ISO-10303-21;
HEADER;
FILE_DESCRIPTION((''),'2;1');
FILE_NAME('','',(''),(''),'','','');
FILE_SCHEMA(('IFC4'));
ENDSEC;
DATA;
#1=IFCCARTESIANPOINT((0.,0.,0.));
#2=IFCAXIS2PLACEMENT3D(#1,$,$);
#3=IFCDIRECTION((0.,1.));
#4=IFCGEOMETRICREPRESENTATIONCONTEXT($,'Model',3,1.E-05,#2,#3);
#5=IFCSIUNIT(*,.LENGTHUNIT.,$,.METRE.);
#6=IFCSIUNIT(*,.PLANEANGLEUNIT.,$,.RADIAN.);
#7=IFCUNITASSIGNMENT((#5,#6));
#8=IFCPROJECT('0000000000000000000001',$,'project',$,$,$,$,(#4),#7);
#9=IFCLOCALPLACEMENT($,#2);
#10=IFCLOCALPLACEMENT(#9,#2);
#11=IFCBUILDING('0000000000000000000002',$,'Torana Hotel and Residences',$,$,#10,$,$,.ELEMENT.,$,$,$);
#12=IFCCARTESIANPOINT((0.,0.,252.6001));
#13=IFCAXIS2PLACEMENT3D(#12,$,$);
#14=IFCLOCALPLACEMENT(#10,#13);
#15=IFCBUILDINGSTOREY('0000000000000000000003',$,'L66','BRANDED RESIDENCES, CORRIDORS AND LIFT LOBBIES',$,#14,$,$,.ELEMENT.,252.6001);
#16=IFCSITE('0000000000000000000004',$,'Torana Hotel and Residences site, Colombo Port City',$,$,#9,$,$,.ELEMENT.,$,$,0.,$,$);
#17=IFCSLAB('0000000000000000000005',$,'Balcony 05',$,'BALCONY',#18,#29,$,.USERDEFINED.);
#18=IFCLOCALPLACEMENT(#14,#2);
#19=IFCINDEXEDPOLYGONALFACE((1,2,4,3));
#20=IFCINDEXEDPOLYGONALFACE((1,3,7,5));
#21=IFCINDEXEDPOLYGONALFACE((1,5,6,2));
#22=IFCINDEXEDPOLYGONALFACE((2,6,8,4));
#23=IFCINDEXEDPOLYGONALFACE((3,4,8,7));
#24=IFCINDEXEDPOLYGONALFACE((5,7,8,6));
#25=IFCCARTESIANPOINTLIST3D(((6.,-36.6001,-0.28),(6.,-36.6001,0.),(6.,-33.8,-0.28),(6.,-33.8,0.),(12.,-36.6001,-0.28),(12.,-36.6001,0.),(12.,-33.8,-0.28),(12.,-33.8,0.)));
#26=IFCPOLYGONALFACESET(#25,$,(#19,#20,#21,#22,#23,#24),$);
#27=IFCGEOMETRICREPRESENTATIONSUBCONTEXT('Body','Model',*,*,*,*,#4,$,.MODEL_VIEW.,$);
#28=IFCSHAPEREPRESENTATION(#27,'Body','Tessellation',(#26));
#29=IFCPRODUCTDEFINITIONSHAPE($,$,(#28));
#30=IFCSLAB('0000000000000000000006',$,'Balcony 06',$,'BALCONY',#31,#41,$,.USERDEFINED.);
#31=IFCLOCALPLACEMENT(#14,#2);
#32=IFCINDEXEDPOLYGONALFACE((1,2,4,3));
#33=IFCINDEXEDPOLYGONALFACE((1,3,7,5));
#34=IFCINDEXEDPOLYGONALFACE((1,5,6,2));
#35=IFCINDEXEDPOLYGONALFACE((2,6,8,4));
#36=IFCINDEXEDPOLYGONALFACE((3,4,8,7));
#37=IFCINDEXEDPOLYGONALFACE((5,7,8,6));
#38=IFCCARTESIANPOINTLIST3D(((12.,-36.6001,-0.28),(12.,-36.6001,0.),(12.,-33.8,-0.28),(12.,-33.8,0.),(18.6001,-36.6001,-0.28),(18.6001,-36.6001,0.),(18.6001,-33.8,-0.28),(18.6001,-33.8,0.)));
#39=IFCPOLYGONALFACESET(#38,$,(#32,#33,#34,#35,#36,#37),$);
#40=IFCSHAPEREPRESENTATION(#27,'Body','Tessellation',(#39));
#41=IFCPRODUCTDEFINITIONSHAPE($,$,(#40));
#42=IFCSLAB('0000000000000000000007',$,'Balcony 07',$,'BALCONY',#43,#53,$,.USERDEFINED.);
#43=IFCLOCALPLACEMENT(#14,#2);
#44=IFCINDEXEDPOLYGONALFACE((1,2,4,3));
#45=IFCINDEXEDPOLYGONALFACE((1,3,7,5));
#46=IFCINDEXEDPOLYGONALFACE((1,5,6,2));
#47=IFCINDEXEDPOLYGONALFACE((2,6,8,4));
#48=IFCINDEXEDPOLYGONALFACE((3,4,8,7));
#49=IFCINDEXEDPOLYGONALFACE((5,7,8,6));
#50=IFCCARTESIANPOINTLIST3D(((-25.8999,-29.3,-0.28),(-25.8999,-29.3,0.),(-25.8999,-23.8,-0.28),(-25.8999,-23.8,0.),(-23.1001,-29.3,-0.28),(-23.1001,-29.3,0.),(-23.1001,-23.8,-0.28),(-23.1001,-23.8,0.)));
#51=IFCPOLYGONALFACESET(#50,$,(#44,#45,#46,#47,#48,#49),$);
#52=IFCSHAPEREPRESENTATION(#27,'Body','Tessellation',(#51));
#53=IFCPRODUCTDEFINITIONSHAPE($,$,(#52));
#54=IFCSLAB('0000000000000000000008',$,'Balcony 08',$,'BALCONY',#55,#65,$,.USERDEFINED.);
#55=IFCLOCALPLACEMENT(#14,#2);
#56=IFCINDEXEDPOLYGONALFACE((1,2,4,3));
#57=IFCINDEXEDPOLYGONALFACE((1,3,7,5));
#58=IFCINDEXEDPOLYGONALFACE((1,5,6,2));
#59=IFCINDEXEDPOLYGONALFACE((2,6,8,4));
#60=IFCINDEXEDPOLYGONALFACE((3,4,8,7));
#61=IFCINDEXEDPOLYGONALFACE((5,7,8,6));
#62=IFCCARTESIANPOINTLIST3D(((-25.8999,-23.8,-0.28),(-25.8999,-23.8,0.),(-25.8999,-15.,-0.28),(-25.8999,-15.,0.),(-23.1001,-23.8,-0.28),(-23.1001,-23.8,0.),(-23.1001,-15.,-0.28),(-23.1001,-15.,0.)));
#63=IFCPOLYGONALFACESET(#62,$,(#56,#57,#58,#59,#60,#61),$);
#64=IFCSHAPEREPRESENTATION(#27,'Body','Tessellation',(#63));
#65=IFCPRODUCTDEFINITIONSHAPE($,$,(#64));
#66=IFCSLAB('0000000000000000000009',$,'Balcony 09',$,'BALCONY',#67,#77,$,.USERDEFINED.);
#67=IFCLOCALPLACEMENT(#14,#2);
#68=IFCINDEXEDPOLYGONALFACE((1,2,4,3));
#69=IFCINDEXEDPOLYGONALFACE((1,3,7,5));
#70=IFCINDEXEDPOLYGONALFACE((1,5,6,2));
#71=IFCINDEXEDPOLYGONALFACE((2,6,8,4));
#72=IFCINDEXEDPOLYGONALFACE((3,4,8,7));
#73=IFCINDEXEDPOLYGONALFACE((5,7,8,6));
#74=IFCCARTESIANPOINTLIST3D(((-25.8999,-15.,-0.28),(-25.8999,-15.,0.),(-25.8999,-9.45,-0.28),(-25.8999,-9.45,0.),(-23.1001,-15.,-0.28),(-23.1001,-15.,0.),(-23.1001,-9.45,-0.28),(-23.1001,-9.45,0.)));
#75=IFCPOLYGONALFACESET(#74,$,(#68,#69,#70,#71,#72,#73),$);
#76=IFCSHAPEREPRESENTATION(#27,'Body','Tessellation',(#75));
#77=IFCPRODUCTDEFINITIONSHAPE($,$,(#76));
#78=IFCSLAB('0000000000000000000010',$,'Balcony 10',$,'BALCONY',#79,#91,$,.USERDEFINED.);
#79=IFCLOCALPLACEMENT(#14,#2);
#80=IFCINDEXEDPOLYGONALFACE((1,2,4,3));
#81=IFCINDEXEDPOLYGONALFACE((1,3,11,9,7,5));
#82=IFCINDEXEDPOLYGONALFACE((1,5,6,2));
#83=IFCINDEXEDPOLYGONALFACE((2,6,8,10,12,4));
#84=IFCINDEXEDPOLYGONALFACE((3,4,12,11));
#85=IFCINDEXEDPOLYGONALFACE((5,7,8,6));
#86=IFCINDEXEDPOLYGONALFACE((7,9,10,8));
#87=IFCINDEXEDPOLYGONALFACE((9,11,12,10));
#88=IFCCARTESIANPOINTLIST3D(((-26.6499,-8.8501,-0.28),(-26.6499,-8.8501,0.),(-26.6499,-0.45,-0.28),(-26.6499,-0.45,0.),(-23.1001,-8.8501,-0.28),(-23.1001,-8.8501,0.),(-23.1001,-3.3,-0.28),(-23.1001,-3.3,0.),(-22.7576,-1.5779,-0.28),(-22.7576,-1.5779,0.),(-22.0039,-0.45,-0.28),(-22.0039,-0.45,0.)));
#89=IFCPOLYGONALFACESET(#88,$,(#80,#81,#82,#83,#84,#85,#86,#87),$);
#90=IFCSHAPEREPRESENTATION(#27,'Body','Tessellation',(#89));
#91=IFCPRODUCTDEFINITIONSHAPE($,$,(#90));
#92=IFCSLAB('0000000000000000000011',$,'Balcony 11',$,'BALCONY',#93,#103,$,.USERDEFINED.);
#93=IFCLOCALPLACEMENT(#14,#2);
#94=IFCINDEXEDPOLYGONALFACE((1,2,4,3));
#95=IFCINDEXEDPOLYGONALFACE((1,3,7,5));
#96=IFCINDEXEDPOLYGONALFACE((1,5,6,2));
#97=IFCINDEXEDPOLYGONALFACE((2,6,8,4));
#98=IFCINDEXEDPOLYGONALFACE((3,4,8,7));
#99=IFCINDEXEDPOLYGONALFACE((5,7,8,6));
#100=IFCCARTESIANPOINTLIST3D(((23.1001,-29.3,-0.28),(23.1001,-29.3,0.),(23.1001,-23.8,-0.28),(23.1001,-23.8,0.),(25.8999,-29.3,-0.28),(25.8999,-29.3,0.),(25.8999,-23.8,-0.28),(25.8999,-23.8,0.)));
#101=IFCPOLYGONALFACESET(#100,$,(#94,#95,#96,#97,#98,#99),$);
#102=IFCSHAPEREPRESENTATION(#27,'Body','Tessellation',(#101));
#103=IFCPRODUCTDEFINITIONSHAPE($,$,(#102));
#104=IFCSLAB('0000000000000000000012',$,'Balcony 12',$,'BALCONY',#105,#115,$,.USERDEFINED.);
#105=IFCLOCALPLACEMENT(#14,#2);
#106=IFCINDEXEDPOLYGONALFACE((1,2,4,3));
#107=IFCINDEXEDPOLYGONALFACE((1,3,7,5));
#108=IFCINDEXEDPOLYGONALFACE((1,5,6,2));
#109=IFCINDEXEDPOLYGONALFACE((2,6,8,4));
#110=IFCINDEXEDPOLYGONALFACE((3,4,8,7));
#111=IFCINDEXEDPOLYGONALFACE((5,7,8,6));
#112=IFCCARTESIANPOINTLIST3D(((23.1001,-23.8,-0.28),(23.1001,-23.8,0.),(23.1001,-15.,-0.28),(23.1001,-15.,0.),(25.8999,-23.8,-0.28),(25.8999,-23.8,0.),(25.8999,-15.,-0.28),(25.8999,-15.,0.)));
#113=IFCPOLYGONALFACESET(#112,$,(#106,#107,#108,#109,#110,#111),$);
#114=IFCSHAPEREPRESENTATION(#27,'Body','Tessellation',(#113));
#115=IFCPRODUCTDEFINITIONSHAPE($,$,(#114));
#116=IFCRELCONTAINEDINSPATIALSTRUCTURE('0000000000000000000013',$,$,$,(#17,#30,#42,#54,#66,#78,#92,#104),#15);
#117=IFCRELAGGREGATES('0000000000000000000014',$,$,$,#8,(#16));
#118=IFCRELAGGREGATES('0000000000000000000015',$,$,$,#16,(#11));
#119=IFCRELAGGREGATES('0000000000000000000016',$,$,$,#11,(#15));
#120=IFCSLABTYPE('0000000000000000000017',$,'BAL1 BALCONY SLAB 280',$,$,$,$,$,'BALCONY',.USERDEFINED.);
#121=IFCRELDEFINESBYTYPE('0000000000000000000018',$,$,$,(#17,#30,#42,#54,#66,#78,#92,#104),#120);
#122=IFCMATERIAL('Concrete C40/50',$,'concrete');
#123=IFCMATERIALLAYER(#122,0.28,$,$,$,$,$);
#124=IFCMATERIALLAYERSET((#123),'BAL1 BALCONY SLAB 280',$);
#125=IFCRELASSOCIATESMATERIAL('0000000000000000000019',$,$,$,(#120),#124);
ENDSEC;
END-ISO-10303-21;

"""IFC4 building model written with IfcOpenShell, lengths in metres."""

from ifc_helpers import new_model, si_unit, direction, frame, origin, place, context, subcontext, project, spatial, polyline, outline, extrude, material, layer, layer_set, type_object, element, save


model = new_model("IFC4")

# Units and contexts
model_context = context("Model", 3, precision=1e-05, world=origin(), true_north=direction((0.0, 1.0)))
body_context = subcontext(model_context, "Body", "Model", "MODEL_VIEW")
ifc_project = project(units=[si_unit("LENGTHUNIT", "METRE"), si_unit("PLANEANGLEUNIT", "RADIAN")], contexts=[model_context])

# Site, building, storey
site_placement = place(None, origin())
site = spatial("IfcSite", under=ifc_project, at=site_placement, Name="Torana Hotel and Residences site, Colombo Port City", CompositionType="ELEMENT", RefElevation=0.0)
building_placement = place(site_placement, origin())
building = spatial("IfcBuilding", under=site, at=building_placement, Name="Torana Hotel and Residences", CompositionType="ELEMENT")
storey_placement = place(building_placement, frame((0.0, 0.0, 252.6001)))
storey = spatial("IfcBuildingStorey", under=building, at=storey_placement, Name="L66", Description="BRANDED RESIDENCES, CORRIDORS AND LIFT LOBBIES", CompositionType="ELEMENT", Elevation=252.6001)

# Slabs
ifc_material_1 = material(Name="Concrete C40/50", Category="concrete")
ifc_layer_1 = layer(ifc_material_1, 0.28)
ifc_layer_set_1 = layer_set([ifc_layer_1], Name="BAL1 BALCONY SLAB 280")
slab_type = type_object("IfcSlabType", Name="BAL1 BALCONY SLAB 280", ElementType="BALCONY", PredefinedType="USERDEFINED", material=ifc_layer_set_1)
slab_1_placement = place(storey_placement, frame((0.0, 0.0, -0.28)))
element("IfcSlab", 1, at=slab_1_placement, inside=storey, type_object=slab_type, Name="Balcony 05", ObjectType="BALCONY", PredefinedType="USERDEFINED", context=body_context, shape_type="SweptSolid", body=[
    extrude(outline(polyline([(6.0, -36.6001), (12.0, -36.6001), (12.0, -33.8), (6.0, -33.8), (6.0, -36.6001)])), origin(), (0.0, 0.0, 1.0), 0.28),
])
slab_2_placement = place(storey_placement, frame((0.0, 0.0, -0.28)))
element("IfcSlab", 2, at=slab_2_placement, inside=storey, type_object=slab_type, Name="Balcony 06", ObjectType="BALCONY", PredefinedType="USERDEFINED", context=body_context, shape_type="SweptSolid", body=[
    extrude(outline(polyline([(12.0, -36.6001), (18.6001, -36.6001), (18.6001, -33.8), (12.0, -33.8), (12.0, -36.6001)])), origin(), (0.0, 0.0, 1.0), 0.28),
])
slab_3_placement = place(storey_placement, frame((0.0, 0.0, -0.28)))
element("IfcSlab", 3, at=slab_3_placement, inside=storey, type_object=slab_type, Name="Balcony 07", ObjectType="BALCONY", PredefinedType="USERDEFINED", context=body_context, shape_type="SweptSolid", body=[
    extrude(outline(polyline([(-25.8999, -29.3), (-23.1001, -29.3), (-23.1001, -23.8), (-25.8999, -23.8), (-25.8999, -29.3)])), origin(), (0.0, 0.0, 1.0), 0.28),
])
slab_4_placement = place(storey_placement, frame((0.0, 0.0, -0.28)))
element("IfcSlab", 4, at=slab_4_placement, inside=storey, type_object=slab_type, Name="Balcony 08", ObjectType="BALCONY", PredefinedType="USERDEFINED", context=body_context, shape_type="SweptSolid", body=[
    extrude(outline(polyline([(-25.8999, -23.8), (-23.1001, -23.8), (-23.1001, -15.0), (-25.8999, -15.0), (-25.8999, -23.8)])), origin(), (0.0, 0.0, 1.0), 0.28),
])
slab_5_placement = place(storey_placement, frame((0.0, 0.0, -0.28)))
element("IfcSlab", 5, at=slab_5_placement, inside=storey, type_object=slab_type, Name="Balcony 09", ObjectType="BALCONY", PredefinedType="USERDEFINED", context=body_context, shape_type="SweptSolid", body=[
    extrude(outline(polyline([(-25.8999, -15.0), (-23.1001, -15.0), (-23.1001, -9.45), (-25.8999, -9.45), (-25.8999, -15.0)])), origin(), (0.0, 0.0, 1.0), 0.28),
])
slab_6_placement = place(storey_placement, frame((0.0, 0.0, -0.28)))
element("IfcSlab", 6, at=slab_6_placement, inside=storey, type_object=slab_type, Name="Balcony 10", ObjectType="BALCONY", PredefinedType="USERDEFINED", context=body_context, shape_type="SweptSolid", body=[
    extrude(outline(polyline([(-26.6499, -8.8501), (-23.1001, -8.8501), (-23.1001, -3.3), (-22.7576, -1.5779), (-22.0039, -0.45), (-26.6499, -0.45), (-26.6499, -8.8501)])), origin(), (0.0, 0.0, 1.0), 0.28),
])
slab_7_placement = place(storey_placement, frame((0.0, 0.0, -0.28)))
element("IfcSlab", 7, at=slab_7_placement, inside=storey, type_object=slab_type, Name="Balcony 11", ObjectType="BALCONY", PredefinedType="USERDEFINED", context=body_context, shape_type="SweptSolid", body=[
    extrude(outline(polyline([(23.1001, -29.3), (25.8999, -29.3), (25.8999, -23.8), (23.1001, -23.8), (23.1001, -29.3)])), origin(), (0.0, 0.0, 1.0), 0.28),
])
slab_8_placement = place(storey_placement, frame((0.0, 0.0, -0.28)))
element("IfcSlab", 8, at=slab_8_placement, inside=storey, type_object=slab_type, Name="Balcony 12", ObjectType="BALCONY", PredefinedType="USERDEFINED", context=body_context, shape_type="SweptSolid", body=[
    extrude(outline(polyline([(23.1001, -23.8), (25.8999, -23.8), (25.8999, -15.0), (23.1001, -15.0), (23.1001, -23.8)])), origin(), (0.0, 0.0, 1.0), 0.28),
])

save(model, "model.ifc")
